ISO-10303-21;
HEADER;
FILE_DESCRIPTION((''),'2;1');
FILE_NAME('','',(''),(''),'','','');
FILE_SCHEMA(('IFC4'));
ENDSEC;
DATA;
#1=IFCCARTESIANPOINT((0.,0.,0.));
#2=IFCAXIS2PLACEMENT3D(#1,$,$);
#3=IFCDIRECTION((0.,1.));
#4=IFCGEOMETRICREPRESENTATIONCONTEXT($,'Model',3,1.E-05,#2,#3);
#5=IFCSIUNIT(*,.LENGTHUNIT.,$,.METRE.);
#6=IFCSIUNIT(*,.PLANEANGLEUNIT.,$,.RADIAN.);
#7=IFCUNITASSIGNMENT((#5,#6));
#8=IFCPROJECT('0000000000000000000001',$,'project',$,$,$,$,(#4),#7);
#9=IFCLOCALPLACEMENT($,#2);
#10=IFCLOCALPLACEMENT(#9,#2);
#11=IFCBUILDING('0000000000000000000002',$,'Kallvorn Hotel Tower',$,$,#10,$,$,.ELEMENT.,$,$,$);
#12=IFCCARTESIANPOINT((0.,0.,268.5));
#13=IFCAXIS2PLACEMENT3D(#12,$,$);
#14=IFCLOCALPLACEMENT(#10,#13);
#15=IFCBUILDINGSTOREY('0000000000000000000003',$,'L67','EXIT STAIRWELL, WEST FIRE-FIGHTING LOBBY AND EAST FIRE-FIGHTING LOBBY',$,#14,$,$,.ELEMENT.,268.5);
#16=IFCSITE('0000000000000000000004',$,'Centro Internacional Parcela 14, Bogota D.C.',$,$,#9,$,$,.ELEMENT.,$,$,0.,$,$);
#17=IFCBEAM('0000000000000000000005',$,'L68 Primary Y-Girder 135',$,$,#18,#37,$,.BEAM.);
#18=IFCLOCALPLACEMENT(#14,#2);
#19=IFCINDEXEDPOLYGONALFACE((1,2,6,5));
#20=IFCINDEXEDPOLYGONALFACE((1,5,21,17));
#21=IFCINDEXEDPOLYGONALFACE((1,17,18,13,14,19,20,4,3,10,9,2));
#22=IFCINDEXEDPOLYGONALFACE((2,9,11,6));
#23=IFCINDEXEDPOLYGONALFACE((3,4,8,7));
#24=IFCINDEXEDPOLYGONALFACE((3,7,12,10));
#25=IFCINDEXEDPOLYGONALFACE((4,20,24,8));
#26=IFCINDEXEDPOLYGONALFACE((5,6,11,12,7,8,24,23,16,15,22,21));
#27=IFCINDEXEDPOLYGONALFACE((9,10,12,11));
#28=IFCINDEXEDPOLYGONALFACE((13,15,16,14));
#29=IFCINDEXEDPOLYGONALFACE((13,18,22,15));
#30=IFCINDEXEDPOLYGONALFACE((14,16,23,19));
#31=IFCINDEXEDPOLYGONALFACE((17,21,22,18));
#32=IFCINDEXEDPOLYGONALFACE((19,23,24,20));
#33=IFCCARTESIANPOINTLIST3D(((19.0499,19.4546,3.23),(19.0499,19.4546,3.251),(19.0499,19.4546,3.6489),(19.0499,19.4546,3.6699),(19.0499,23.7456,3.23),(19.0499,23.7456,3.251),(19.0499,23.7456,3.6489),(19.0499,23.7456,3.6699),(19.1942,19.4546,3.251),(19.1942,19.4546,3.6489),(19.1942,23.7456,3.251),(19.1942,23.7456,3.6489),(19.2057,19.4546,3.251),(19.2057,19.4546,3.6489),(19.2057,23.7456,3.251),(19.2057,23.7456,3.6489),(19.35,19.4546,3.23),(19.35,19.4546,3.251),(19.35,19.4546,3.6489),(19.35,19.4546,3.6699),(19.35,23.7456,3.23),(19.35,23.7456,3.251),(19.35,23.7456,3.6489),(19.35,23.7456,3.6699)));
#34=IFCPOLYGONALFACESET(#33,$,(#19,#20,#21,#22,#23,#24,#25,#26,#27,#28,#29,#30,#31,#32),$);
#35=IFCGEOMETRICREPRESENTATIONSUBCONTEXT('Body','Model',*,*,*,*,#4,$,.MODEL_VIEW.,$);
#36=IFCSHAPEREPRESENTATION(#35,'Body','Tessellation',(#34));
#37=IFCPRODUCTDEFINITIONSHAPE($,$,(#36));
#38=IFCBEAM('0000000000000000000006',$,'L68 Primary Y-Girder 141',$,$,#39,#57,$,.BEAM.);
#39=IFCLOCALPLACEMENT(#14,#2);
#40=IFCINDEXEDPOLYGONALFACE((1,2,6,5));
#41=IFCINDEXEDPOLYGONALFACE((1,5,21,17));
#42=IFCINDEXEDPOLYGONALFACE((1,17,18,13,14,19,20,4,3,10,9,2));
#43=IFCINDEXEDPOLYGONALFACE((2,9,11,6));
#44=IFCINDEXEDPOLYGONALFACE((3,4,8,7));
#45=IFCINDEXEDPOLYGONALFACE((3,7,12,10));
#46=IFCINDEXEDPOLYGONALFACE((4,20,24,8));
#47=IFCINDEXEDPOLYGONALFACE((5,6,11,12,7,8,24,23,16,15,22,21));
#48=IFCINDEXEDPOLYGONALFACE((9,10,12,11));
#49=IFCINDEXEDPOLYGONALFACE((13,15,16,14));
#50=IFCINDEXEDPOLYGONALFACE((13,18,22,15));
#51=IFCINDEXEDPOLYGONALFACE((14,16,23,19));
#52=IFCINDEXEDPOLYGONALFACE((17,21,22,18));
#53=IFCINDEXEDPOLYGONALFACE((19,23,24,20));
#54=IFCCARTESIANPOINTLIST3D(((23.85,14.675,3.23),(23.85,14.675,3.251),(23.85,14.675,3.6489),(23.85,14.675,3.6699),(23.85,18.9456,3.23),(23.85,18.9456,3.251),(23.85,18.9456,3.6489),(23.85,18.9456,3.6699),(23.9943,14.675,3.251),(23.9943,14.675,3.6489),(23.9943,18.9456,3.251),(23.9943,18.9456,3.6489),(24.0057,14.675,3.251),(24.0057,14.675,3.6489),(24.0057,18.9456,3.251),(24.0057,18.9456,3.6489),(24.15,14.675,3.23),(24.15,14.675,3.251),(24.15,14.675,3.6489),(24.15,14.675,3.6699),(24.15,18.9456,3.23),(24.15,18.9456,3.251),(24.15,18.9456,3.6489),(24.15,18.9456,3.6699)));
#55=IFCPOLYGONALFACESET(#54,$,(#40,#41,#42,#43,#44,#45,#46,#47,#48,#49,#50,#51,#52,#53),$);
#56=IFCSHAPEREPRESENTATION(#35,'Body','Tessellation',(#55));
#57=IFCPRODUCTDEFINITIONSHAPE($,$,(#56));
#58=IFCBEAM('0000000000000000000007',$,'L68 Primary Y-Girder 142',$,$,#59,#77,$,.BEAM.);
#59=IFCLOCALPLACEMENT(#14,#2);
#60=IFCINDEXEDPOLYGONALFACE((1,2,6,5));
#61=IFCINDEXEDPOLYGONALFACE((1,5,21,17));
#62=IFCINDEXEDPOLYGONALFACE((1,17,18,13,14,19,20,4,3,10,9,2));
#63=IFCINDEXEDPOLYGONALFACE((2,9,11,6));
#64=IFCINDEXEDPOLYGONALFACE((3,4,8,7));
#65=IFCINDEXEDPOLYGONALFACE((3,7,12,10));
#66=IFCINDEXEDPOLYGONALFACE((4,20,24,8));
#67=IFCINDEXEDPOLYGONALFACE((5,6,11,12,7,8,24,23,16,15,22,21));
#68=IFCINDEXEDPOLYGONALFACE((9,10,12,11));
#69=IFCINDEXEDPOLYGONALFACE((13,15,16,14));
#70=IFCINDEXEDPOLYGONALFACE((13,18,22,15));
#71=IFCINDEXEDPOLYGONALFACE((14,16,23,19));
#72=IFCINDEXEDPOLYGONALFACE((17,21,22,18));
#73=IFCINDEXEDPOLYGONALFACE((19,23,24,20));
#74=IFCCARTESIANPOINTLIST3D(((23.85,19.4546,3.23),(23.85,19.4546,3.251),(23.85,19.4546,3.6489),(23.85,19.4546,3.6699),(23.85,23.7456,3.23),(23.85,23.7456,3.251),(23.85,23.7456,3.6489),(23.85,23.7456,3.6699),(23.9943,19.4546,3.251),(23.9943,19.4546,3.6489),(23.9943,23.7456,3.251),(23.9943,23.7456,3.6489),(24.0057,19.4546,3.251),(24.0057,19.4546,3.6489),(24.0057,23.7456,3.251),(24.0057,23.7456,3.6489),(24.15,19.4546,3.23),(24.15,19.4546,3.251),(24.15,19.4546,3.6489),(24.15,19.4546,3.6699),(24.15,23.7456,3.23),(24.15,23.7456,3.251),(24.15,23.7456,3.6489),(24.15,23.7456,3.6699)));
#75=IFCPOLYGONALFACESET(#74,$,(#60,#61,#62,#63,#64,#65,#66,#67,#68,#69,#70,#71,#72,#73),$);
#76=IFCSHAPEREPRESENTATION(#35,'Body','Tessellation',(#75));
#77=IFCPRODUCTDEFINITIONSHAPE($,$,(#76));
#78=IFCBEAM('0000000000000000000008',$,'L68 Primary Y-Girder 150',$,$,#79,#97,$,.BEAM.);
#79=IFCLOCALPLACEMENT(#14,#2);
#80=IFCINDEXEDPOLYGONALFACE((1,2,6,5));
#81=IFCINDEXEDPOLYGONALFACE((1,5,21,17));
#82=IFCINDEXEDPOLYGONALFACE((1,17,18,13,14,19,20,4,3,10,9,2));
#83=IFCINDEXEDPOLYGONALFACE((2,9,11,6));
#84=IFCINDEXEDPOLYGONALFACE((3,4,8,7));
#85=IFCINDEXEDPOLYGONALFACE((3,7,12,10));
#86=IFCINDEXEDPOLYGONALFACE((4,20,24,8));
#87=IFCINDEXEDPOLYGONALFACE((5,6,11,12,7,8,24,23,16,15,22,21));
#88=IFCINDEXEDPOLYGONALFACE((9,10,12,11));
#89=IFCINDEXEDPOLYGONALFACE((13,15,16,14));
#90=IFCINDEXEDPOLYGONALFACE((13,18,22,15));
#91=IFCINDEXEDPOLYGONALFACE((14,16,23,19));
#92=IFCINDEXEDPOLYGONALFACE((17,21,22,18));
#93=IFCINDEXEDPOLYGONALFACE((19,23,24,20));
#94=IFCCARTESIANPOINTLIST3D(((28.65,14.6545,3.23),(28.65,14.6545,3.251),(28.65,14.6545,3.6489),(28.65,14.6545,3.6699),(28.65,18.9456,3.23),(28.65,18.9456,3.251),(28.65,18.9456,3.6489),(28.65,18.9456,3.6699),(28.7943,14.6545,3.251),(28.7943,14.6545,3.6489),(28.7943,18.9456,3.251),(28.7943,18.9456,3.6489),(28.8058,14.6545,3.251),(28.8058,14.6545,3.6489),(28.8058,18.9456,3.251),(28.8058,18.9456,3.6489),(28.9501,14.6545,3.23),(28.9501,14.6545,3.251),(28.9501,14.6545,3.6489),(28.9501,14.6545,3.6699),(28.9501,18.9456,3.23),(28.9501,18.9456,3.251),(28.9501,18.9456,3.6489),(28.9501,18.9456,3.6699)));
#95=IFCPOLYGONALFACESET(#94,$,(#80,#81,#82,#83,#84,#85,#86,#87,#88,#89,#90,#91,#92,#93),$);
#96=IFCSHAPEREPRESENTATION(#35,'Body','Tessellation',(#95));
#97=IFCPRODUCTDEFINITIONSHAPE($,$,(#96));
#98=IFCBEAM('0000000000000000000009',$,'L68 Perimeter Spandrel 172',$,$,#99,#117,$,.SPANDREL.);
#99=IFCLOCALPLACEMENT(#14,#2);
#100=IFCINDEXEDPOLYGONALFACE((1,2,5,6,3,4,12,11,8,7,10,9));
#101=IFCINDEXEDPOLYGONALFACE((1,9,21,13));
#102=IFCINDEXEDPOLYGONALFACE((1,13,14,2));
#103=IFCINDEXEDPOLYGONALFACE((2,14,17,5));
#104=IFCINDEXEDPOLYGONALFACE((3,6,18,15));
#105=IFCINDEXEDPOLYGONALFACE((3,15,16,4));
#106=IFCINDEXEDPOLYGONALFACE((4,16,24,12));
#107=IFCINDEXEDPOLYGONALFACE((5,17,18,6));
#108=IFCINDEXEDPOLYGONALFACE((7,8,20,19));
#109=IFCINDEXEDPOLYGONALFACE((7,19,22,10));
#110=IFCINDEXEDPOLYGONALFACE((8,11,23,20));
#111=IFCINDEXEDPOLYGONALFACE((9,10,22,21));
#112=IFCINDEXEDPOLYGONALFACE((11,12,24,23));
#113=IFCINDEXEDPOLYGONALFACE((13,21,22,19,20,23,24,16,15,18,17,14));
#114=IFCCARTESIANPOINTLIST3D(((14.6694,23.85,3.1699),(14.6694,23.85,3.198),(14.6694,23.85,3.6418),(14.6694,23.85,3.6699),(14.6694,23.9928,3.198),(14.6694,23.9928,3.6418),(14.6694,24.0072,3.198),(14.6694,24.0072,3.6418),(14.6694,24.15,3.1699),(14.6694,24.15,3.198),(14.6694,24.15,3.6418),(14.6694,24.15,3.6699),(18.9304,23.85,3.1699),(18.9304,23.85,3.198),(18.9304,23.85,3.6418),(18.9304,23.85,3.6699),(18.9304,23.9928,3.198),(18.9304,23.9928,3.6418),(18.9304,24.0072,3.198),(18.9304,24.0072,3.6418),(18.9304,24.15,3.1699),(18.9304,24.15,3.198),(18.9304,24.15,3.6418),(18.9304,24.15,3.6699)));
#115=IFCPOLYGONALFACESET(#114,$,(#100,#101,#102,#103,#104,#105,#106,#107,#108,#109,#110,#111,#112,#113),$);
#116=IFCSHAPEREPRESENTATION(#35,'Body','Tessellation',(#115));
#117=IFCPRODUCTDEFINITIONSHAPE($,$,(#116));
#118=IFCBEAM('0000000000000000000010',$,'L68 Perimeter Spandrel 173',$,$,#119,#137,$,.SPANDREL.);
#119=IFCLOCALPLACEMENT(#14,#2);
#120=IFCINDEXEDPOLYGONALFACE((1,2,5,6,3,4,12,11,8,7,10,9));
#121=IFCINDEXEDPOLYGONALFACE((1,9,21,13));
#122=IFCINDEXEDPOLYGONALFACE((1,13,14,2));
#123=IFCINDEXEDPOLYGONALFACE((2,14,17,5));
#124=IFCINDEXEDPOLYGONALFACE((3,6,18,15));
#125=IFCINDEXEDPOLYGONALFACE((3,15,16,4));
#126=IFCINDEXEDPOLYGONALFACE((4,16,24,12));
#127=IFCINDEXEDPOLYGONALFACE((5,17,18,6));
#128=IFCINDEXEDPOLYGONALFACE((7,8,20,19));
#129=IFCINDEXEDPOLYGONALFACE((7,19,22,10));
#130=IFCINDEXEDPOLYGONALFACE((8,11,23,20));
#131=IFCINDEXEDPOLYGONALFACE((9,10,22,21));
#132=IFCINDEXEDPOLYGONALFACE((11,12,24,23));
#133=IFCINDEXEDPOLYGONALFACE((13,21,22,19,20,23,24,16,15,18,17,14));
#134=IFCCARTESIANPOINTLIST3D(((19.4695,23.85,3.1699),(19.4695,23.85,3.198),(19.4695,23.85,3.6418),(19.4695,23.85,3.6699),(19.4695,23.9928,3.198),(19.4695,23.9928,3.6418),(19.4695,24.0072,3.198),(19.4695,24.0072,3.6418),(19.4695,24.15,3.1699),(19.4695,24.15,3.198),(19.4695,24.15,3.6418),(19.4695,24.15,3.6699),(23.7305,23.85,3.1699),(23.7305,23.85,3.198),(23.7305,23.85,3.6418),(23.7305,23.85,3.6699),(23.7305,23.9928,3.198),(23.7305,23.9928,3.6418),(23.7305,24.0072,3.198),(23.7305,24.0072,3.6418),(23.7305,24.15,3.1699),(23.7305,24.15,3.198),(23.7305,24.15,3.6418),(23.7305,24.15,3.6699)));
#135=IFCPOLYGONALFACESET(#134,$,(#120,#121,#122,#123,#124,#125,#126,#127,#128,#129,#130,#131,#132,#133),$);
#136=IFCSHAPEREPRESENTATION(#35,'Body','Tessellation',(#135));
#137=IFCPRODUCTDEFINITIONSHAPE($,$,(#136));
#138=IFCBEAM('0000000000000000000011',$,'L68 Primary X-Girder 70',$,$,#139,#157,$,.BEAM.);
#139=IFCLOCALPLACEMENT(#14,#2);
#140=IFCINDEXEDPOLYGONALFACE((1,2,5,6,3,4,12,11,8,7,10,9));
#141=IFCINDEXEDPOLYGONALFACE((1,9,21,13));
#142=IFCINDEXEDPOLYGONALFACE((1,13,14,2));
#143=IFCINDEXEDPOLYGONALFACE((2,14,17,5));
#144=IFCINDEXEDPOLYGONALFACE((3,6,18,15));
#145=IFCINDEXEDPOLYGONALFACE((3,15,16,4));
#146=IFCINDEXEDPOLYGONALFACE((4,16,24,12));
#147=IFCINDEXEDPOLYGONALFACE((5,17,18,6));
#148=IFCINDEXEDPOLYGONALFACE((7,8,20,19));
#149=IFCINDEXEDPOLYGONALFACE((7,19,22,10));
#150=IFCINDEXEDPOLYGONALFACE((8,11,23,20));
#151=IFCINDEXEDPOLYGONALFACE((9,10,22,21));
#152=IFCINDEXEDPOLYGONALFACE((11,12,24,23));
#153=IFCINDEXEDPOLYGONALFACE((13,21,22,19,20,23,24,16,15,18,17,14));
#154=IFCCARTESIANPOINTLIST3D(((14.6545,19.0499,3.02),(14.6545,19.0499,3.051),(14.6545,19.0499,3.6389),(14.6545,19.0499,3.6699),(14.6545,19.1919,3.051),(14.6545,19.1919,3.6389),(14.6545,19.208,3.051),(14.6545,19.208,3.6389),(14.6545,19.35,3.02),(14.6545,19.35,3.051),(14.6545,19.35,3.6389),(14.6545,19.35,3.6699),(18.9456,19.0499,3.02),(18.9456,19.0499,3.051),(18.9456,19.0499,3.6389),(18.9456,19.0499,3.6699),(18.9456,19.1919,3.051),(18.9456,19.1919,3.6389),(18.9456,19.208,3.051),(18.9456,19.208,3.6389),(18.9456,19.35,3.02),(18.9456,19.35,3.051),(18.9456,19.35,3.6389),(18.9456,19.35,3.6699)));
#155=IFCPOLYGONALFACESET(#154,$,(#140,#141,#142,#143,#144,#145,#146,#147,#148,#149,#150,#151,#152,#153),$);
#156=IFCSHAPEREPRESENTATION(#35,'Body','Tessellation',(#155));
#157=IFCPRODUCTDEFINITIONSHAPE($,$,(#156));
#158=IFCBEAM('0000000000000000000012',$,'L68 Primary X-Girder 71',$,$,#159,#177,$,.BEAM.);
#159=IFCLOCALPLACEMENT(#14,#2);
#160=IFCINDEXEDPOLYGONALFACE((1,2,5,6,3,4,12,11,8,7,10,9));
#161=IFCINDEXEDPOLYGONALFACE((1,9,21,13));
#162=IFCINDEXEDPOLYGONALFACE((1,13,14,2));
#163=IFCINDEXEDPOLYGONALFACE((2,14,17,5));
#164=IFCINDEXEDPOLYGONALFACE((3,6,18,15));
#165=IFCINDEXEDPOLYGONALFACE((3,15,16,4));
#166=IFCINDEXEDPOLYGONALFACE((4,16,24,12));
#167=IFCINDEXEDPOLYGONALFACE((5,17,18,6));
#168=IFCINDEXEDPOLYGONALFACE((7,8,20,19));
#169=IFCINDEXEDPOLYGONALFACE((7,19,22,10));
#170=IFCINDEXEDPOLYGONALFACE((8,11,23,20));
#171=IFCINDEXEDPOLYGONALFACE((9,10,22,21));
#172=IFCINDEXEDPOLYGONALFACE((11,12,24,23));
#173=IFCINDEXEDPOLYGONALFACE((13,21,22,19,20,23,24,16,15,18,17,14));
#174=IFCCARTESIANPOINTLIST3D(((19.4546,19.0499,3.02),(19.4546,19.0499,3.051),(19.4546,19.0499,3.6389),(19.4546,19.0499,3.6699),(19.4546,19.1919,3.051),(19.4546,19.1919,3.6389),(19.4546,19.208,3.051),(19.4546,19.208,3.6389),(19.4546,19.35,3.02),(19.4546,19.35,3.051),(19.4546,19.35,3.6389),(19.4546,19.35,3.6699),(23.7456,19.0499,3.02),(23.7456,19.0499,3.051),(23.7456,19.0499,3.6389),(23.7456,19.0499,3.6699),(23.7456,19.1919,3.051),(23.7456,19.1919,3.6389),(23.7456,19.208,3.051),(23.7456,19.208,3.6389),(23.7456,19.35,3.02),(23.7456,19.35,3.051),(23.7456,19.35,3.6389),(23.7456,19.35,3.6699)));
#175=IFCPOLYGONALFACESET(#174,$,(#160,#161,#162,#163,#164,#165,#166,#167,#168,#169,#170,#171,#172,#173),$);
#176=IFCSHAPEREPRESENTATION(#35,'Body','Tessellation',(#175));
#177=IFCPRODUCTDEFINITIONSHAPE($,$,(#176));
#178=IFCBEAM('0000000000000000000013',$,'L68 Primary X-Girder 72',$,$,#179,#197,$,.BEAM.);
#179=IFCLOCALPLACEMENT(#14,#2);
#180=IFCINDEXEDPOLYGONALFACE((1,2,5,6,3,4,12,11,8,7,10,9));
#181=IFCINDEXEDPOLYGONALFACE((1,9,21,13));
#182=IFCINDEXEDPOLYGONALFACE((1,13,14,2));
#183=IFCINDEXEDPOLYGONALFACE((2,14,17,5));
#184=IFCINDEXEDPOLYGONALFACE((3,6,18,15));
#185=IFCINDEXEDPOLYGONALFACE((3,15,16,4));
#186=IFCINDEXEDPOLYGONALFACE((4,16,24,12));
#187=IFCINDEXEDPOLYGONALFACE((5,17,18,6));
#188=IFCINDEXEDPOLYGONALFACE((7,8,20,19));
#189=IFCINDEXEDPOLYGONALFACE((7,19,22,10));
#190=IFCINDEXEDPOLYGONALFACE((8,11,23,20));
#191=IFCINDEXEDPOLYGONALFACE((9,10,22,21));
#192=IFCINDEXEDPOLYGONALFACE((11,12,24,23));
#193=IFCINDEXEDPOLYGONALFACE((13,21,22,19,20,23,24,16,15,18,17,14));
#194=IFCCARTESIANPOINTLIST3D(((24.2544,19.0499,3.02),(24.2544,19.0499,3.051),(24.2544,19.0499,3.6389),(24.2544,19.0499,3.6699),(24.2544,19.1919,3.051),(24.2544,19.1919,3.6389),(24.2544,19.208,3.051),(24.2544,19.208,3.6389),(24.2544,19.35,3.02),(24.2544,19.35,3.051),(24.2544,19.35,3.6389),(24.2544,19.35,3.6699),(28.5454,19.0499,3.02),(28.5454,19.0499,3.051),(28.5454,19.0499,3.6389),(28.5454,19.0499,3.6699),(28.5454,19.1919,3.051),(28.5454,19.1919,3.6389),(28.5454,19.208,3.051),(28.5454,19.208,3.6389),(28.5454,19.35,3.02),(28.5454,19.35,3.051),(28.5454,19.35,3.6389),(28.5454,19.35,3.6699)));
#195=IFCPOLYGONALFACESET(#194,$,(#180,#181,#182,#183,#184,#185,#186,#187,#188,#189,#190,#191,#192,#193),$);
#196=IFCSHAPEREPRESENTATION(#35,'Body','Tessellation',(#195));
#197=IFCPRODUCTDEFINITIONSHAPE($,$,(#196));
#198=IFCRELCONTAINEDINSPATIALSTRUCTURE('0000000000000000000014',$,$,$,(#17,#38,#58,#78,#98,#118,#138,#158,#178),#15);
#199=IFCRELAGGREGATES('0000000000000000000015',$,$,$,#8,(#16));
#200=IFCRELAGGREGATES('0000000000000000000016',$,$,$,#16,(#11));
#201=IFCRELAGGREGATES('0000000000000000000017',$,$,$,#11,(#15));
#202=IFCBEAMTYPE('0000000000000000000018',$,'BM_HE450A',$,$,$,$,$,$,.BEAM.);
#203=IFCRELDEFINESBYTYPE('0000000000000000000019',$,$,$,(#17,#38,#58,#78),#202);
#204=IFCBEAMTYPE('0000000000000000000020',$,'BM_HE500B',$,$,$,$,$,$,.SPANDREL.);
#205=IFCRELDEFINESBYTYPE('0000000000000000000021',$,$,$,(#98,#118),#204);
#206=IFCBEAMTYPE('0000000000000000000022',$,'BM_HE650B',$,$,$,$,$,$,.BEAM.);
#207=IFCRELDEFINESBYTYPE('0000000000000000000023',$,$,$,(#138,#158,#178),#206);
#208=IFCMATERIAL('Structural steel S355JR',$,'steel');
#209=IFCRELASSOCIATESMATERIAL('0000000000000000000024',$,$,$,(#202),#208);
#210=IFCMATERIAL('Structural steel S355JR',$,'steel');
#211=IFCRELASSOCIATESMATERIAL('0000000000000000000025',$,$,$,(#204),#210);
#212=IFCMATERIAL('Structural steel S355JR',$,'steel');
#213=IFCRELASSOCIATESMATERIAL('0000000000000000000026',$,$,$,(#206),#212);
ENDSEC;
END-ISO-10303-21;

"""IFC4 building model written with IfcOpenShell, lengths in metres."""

from ifc_helpers import new_model, si_unit, direction, frame, origin, origin_2d, place, context, subcontext, project, spatial, i_section, extrude, material, material_profile, profile_set, type_object, element, save


model = new_model("IFC4")

# Units and contexts
model_context = context("Model", 3, precision=1e-05, world=origin(), true_north=direction((0.0, 1.0)))
body_context = subcontext(model_context, "Body", "Model", "MODEL_VIEW")
ifc_project = project(units=[si_unit("LENGTHUNIT", "METRE"), si_unit("PLANEANGLEUNIT", "RADIAN")], contexts=[model_context])

# Site, building, storey
site_placement = place(None, origin())
site = spatial("IfcSite", under=ifc_project, at=site_placement, Name="Centro Internacional Parcela 14, Bogota D.C.", CompositionType="ELEMENT", RefElevation=0.0)
building_placement = place(site_placement, origin())
building = spatial("IfcBuilding", under=site, at=building_placement, Name="Kallvorn Hotel Tower", CompositionType="ELEMENT")
storey_placement = place(building_placement, frame((0.0, 0.0, 268.5)))
storey = spatial("IfcBuildingStorey", under=building, at=storey_placement, Name="L67", Description="EXIT STAIRWELL, WEST FIRE-FIGHTING LOBBY AND EAST FIRE-FIGHTING LOBBY", CompositionType="ELEMENT", Elevation=268.5)

# Beams
ifc_material_1 = material(Name="Structural steel S355JR", Category="steel")
ifc_material_profile_1 = material_profile(ifc_material_1, i_section(OverallWidth=0.3, OverallDepth=0.4399, WebThickness=0.0115, FlangeThickness=0.021, at=origin_2d()), Name="HE 450 A")
ifc_profile_set_1 = profile_set([ifc_material_profile_1], Name="Structural steel S355JR")
beam_type_1 = type_object("IfcBeamType", Name="BM_HE450A", PredefinedType="BEAM", material=ifc_profile_set_1)
for number, where, z_axis, x_axis, name in (
    (1, (19.2, 19.4546, 3.45), (0.0, 1.0, 0.0), (-1.0, 0.0, 0.0), "L68 Primary Y-Girder 135"),
):
    element("IfcBeam", number, at=place(storey_placement, frame(where, z_axis=z_axis, x_axis=x_axis)), inside=storey, type_object=beam_type_1, Name=name, PredefinedType="BEAM", context=body_context, shape_type="SweptSolid", body=[
        extrude(i_section(OverallWidth=0.3, OverallDepth=0.4399, WebThickness=0.0115, FlangeThickness=0.021, at=origin_2d()), origin(), (0.0, 0.0, 1.0), 4.291),
    ])
beam_1_placement = place(storey_placement, frame((24.0, 14.675, 3.45), z_axis=(0.0, 1.0, 0.0), x_axis=(-1.0, 0.0, 0.0)))
element("IfcBeam", 2, at=beam_1_placement, inside=storey, type_object=beam_type_1, Name="L68 Primary Y-Girder 141", PredefinedType="BEAM", context=body_context, shape_type="SweptSolid", body=[
    extrude(i_section(OverallWidth=0.3, OverallDepth=0.4399, WebThickness=0.0115, FlangeThickness=0.021, at=origin_2d()), origin(), (0.0, 0.0, 1.0), 4.2705),
])
for number, where, z_axis, x_axis, name in (
    (3, (24.0, 19.4546, 3.45), (0.0, 1.0, 0.0), (-1.0, 0.0, 0.0), "L68 Primary Y-Girder 142"),
    (4, (28.8, 14.6545, 3.45), (0.0, 1.0, 0.0), (-1.0, 0.0, 0.0), "L68 Primary Y-Girder 150"),
):
    element("IfcBeam", number, at=place(storey_placement, frame(where, z_axis=z_axis, x_axis=x_axis)), inside=storey, type_object=beam_type_1, Name=name, PredefinedType="BEAM", context=body_context, shape_type="SweptSolid", body=[
        extrude(i_section(OverallWidth=0.3, OverallDepth=0.4399, WebThickness=0.0115, FlangeThickness=0.021, at=origin_2d()), origin(), (0.0, 0.0, 1.0), 4.291),
    ])
ifc_material_2 = material(Name="Structural steel S355JR", Category="steel")
ifc_material_profile_2 = material_profile(ifc_material_2, i_section(OverallWidth=0.3, OverallDepth=0.5, WebThickness=0.0144, FlangeThickness=0.0281, at=origin_2d()), Name="HE 500 B")
ifc_profile_set_2 = profile_set([ifc_material_profile_2], Name="Structural steel S355JR")
beam_type_2 = type_object("IfcBeamType", Name="BM_HE500B", PredefinedType="SPANDREL", material=ifc_profile_set_2)
for number, where, z_axis, x_axis, name in (
    (5, (14.6694, 24.0, 3.4199), (1.0, 0.0, 0.0), (0.0, 1.0, 0.0), "L68 Perimeter Spandrel 172"),
    (6, (19.4695, 24.0, 3.4199), (1.0, 0.0, 0.0), (0.0, 1.0, 0.0), "L68 Perimeter Spandrel 173"),
):
    element("IfcBeam", number, at=place(storey_placement, frame(where, z_axis=z_axis, x_axis=x_axis)), inside=storey, type_object=beam_type_2, Name=name, PredefinedType="SPANDREL", context=body_context, shape_type="SweptSolid", body=[
        extrude(i_section(OverallWidth=0.3, OverallDepth=0.5, WebThickness=0.0144, FlangeThickness=0.0281, at=origin_2d()), origin(), (0.0, 0.0, 1.0), 4.261),
    ])
ifc_material_3 = material(Name="Structural steel S355JR", Category="steel")
ifc_material_profile_3 = material_profile(ifc_material_3, i_section(OverallWidth=0.3, OverallDepth=0.6499, WebThickness=0.0161, FlangeThickness=0.031, at=origin_2d()), Name="HE 650 B")
ifc_profile_set_3 = profile_set([ifc_material_profile_3], Name="Structural steel S355JR")
beam_type_3 = type_object("IfcBeamType", Name="BM_HE650B", PredefinedType="BEAM", material=ifc_profile_set_3)
for number, where, z_axis, x_axis, name in (
    (7, (14.6545, 19.2, 3.345), (1.0, 0.0, 0.0), (0.0, 1.0, 0.0), "L68 Primary X-Girder 70"),
    (8, (19.4546, 19.2, 3.345), (1.0, 0.0, 0.0), (0.0, 1.0, 0.0), "L68 Primary X-Girder 71"),
    (9, (24.2544, 19.2, 3.345), (1.0, 0.0, 0.0), (0.0, 1.0, 0.0), "L68 Primary X-Girder 72"),
):
    element("IfcBeam", number, at=place(storey_placement, frame(where, z_axis=z_axis, x_axis=x_axis)), inside=storey, type_object=beam_type_3, Name=name, PredefinedType="BEAM", context=body_context, shape_type="SweptSolid", body=[
        extrude(i_section(OverallWidth=0.3, OverallDepth=0.6499, WebThickness=0.0161, FlangeThickness=0.031, at=origin_2d()), origin(), (0.0, 0.0, 1.0), 4.291),
    ])

save(model, "model.ifc")
